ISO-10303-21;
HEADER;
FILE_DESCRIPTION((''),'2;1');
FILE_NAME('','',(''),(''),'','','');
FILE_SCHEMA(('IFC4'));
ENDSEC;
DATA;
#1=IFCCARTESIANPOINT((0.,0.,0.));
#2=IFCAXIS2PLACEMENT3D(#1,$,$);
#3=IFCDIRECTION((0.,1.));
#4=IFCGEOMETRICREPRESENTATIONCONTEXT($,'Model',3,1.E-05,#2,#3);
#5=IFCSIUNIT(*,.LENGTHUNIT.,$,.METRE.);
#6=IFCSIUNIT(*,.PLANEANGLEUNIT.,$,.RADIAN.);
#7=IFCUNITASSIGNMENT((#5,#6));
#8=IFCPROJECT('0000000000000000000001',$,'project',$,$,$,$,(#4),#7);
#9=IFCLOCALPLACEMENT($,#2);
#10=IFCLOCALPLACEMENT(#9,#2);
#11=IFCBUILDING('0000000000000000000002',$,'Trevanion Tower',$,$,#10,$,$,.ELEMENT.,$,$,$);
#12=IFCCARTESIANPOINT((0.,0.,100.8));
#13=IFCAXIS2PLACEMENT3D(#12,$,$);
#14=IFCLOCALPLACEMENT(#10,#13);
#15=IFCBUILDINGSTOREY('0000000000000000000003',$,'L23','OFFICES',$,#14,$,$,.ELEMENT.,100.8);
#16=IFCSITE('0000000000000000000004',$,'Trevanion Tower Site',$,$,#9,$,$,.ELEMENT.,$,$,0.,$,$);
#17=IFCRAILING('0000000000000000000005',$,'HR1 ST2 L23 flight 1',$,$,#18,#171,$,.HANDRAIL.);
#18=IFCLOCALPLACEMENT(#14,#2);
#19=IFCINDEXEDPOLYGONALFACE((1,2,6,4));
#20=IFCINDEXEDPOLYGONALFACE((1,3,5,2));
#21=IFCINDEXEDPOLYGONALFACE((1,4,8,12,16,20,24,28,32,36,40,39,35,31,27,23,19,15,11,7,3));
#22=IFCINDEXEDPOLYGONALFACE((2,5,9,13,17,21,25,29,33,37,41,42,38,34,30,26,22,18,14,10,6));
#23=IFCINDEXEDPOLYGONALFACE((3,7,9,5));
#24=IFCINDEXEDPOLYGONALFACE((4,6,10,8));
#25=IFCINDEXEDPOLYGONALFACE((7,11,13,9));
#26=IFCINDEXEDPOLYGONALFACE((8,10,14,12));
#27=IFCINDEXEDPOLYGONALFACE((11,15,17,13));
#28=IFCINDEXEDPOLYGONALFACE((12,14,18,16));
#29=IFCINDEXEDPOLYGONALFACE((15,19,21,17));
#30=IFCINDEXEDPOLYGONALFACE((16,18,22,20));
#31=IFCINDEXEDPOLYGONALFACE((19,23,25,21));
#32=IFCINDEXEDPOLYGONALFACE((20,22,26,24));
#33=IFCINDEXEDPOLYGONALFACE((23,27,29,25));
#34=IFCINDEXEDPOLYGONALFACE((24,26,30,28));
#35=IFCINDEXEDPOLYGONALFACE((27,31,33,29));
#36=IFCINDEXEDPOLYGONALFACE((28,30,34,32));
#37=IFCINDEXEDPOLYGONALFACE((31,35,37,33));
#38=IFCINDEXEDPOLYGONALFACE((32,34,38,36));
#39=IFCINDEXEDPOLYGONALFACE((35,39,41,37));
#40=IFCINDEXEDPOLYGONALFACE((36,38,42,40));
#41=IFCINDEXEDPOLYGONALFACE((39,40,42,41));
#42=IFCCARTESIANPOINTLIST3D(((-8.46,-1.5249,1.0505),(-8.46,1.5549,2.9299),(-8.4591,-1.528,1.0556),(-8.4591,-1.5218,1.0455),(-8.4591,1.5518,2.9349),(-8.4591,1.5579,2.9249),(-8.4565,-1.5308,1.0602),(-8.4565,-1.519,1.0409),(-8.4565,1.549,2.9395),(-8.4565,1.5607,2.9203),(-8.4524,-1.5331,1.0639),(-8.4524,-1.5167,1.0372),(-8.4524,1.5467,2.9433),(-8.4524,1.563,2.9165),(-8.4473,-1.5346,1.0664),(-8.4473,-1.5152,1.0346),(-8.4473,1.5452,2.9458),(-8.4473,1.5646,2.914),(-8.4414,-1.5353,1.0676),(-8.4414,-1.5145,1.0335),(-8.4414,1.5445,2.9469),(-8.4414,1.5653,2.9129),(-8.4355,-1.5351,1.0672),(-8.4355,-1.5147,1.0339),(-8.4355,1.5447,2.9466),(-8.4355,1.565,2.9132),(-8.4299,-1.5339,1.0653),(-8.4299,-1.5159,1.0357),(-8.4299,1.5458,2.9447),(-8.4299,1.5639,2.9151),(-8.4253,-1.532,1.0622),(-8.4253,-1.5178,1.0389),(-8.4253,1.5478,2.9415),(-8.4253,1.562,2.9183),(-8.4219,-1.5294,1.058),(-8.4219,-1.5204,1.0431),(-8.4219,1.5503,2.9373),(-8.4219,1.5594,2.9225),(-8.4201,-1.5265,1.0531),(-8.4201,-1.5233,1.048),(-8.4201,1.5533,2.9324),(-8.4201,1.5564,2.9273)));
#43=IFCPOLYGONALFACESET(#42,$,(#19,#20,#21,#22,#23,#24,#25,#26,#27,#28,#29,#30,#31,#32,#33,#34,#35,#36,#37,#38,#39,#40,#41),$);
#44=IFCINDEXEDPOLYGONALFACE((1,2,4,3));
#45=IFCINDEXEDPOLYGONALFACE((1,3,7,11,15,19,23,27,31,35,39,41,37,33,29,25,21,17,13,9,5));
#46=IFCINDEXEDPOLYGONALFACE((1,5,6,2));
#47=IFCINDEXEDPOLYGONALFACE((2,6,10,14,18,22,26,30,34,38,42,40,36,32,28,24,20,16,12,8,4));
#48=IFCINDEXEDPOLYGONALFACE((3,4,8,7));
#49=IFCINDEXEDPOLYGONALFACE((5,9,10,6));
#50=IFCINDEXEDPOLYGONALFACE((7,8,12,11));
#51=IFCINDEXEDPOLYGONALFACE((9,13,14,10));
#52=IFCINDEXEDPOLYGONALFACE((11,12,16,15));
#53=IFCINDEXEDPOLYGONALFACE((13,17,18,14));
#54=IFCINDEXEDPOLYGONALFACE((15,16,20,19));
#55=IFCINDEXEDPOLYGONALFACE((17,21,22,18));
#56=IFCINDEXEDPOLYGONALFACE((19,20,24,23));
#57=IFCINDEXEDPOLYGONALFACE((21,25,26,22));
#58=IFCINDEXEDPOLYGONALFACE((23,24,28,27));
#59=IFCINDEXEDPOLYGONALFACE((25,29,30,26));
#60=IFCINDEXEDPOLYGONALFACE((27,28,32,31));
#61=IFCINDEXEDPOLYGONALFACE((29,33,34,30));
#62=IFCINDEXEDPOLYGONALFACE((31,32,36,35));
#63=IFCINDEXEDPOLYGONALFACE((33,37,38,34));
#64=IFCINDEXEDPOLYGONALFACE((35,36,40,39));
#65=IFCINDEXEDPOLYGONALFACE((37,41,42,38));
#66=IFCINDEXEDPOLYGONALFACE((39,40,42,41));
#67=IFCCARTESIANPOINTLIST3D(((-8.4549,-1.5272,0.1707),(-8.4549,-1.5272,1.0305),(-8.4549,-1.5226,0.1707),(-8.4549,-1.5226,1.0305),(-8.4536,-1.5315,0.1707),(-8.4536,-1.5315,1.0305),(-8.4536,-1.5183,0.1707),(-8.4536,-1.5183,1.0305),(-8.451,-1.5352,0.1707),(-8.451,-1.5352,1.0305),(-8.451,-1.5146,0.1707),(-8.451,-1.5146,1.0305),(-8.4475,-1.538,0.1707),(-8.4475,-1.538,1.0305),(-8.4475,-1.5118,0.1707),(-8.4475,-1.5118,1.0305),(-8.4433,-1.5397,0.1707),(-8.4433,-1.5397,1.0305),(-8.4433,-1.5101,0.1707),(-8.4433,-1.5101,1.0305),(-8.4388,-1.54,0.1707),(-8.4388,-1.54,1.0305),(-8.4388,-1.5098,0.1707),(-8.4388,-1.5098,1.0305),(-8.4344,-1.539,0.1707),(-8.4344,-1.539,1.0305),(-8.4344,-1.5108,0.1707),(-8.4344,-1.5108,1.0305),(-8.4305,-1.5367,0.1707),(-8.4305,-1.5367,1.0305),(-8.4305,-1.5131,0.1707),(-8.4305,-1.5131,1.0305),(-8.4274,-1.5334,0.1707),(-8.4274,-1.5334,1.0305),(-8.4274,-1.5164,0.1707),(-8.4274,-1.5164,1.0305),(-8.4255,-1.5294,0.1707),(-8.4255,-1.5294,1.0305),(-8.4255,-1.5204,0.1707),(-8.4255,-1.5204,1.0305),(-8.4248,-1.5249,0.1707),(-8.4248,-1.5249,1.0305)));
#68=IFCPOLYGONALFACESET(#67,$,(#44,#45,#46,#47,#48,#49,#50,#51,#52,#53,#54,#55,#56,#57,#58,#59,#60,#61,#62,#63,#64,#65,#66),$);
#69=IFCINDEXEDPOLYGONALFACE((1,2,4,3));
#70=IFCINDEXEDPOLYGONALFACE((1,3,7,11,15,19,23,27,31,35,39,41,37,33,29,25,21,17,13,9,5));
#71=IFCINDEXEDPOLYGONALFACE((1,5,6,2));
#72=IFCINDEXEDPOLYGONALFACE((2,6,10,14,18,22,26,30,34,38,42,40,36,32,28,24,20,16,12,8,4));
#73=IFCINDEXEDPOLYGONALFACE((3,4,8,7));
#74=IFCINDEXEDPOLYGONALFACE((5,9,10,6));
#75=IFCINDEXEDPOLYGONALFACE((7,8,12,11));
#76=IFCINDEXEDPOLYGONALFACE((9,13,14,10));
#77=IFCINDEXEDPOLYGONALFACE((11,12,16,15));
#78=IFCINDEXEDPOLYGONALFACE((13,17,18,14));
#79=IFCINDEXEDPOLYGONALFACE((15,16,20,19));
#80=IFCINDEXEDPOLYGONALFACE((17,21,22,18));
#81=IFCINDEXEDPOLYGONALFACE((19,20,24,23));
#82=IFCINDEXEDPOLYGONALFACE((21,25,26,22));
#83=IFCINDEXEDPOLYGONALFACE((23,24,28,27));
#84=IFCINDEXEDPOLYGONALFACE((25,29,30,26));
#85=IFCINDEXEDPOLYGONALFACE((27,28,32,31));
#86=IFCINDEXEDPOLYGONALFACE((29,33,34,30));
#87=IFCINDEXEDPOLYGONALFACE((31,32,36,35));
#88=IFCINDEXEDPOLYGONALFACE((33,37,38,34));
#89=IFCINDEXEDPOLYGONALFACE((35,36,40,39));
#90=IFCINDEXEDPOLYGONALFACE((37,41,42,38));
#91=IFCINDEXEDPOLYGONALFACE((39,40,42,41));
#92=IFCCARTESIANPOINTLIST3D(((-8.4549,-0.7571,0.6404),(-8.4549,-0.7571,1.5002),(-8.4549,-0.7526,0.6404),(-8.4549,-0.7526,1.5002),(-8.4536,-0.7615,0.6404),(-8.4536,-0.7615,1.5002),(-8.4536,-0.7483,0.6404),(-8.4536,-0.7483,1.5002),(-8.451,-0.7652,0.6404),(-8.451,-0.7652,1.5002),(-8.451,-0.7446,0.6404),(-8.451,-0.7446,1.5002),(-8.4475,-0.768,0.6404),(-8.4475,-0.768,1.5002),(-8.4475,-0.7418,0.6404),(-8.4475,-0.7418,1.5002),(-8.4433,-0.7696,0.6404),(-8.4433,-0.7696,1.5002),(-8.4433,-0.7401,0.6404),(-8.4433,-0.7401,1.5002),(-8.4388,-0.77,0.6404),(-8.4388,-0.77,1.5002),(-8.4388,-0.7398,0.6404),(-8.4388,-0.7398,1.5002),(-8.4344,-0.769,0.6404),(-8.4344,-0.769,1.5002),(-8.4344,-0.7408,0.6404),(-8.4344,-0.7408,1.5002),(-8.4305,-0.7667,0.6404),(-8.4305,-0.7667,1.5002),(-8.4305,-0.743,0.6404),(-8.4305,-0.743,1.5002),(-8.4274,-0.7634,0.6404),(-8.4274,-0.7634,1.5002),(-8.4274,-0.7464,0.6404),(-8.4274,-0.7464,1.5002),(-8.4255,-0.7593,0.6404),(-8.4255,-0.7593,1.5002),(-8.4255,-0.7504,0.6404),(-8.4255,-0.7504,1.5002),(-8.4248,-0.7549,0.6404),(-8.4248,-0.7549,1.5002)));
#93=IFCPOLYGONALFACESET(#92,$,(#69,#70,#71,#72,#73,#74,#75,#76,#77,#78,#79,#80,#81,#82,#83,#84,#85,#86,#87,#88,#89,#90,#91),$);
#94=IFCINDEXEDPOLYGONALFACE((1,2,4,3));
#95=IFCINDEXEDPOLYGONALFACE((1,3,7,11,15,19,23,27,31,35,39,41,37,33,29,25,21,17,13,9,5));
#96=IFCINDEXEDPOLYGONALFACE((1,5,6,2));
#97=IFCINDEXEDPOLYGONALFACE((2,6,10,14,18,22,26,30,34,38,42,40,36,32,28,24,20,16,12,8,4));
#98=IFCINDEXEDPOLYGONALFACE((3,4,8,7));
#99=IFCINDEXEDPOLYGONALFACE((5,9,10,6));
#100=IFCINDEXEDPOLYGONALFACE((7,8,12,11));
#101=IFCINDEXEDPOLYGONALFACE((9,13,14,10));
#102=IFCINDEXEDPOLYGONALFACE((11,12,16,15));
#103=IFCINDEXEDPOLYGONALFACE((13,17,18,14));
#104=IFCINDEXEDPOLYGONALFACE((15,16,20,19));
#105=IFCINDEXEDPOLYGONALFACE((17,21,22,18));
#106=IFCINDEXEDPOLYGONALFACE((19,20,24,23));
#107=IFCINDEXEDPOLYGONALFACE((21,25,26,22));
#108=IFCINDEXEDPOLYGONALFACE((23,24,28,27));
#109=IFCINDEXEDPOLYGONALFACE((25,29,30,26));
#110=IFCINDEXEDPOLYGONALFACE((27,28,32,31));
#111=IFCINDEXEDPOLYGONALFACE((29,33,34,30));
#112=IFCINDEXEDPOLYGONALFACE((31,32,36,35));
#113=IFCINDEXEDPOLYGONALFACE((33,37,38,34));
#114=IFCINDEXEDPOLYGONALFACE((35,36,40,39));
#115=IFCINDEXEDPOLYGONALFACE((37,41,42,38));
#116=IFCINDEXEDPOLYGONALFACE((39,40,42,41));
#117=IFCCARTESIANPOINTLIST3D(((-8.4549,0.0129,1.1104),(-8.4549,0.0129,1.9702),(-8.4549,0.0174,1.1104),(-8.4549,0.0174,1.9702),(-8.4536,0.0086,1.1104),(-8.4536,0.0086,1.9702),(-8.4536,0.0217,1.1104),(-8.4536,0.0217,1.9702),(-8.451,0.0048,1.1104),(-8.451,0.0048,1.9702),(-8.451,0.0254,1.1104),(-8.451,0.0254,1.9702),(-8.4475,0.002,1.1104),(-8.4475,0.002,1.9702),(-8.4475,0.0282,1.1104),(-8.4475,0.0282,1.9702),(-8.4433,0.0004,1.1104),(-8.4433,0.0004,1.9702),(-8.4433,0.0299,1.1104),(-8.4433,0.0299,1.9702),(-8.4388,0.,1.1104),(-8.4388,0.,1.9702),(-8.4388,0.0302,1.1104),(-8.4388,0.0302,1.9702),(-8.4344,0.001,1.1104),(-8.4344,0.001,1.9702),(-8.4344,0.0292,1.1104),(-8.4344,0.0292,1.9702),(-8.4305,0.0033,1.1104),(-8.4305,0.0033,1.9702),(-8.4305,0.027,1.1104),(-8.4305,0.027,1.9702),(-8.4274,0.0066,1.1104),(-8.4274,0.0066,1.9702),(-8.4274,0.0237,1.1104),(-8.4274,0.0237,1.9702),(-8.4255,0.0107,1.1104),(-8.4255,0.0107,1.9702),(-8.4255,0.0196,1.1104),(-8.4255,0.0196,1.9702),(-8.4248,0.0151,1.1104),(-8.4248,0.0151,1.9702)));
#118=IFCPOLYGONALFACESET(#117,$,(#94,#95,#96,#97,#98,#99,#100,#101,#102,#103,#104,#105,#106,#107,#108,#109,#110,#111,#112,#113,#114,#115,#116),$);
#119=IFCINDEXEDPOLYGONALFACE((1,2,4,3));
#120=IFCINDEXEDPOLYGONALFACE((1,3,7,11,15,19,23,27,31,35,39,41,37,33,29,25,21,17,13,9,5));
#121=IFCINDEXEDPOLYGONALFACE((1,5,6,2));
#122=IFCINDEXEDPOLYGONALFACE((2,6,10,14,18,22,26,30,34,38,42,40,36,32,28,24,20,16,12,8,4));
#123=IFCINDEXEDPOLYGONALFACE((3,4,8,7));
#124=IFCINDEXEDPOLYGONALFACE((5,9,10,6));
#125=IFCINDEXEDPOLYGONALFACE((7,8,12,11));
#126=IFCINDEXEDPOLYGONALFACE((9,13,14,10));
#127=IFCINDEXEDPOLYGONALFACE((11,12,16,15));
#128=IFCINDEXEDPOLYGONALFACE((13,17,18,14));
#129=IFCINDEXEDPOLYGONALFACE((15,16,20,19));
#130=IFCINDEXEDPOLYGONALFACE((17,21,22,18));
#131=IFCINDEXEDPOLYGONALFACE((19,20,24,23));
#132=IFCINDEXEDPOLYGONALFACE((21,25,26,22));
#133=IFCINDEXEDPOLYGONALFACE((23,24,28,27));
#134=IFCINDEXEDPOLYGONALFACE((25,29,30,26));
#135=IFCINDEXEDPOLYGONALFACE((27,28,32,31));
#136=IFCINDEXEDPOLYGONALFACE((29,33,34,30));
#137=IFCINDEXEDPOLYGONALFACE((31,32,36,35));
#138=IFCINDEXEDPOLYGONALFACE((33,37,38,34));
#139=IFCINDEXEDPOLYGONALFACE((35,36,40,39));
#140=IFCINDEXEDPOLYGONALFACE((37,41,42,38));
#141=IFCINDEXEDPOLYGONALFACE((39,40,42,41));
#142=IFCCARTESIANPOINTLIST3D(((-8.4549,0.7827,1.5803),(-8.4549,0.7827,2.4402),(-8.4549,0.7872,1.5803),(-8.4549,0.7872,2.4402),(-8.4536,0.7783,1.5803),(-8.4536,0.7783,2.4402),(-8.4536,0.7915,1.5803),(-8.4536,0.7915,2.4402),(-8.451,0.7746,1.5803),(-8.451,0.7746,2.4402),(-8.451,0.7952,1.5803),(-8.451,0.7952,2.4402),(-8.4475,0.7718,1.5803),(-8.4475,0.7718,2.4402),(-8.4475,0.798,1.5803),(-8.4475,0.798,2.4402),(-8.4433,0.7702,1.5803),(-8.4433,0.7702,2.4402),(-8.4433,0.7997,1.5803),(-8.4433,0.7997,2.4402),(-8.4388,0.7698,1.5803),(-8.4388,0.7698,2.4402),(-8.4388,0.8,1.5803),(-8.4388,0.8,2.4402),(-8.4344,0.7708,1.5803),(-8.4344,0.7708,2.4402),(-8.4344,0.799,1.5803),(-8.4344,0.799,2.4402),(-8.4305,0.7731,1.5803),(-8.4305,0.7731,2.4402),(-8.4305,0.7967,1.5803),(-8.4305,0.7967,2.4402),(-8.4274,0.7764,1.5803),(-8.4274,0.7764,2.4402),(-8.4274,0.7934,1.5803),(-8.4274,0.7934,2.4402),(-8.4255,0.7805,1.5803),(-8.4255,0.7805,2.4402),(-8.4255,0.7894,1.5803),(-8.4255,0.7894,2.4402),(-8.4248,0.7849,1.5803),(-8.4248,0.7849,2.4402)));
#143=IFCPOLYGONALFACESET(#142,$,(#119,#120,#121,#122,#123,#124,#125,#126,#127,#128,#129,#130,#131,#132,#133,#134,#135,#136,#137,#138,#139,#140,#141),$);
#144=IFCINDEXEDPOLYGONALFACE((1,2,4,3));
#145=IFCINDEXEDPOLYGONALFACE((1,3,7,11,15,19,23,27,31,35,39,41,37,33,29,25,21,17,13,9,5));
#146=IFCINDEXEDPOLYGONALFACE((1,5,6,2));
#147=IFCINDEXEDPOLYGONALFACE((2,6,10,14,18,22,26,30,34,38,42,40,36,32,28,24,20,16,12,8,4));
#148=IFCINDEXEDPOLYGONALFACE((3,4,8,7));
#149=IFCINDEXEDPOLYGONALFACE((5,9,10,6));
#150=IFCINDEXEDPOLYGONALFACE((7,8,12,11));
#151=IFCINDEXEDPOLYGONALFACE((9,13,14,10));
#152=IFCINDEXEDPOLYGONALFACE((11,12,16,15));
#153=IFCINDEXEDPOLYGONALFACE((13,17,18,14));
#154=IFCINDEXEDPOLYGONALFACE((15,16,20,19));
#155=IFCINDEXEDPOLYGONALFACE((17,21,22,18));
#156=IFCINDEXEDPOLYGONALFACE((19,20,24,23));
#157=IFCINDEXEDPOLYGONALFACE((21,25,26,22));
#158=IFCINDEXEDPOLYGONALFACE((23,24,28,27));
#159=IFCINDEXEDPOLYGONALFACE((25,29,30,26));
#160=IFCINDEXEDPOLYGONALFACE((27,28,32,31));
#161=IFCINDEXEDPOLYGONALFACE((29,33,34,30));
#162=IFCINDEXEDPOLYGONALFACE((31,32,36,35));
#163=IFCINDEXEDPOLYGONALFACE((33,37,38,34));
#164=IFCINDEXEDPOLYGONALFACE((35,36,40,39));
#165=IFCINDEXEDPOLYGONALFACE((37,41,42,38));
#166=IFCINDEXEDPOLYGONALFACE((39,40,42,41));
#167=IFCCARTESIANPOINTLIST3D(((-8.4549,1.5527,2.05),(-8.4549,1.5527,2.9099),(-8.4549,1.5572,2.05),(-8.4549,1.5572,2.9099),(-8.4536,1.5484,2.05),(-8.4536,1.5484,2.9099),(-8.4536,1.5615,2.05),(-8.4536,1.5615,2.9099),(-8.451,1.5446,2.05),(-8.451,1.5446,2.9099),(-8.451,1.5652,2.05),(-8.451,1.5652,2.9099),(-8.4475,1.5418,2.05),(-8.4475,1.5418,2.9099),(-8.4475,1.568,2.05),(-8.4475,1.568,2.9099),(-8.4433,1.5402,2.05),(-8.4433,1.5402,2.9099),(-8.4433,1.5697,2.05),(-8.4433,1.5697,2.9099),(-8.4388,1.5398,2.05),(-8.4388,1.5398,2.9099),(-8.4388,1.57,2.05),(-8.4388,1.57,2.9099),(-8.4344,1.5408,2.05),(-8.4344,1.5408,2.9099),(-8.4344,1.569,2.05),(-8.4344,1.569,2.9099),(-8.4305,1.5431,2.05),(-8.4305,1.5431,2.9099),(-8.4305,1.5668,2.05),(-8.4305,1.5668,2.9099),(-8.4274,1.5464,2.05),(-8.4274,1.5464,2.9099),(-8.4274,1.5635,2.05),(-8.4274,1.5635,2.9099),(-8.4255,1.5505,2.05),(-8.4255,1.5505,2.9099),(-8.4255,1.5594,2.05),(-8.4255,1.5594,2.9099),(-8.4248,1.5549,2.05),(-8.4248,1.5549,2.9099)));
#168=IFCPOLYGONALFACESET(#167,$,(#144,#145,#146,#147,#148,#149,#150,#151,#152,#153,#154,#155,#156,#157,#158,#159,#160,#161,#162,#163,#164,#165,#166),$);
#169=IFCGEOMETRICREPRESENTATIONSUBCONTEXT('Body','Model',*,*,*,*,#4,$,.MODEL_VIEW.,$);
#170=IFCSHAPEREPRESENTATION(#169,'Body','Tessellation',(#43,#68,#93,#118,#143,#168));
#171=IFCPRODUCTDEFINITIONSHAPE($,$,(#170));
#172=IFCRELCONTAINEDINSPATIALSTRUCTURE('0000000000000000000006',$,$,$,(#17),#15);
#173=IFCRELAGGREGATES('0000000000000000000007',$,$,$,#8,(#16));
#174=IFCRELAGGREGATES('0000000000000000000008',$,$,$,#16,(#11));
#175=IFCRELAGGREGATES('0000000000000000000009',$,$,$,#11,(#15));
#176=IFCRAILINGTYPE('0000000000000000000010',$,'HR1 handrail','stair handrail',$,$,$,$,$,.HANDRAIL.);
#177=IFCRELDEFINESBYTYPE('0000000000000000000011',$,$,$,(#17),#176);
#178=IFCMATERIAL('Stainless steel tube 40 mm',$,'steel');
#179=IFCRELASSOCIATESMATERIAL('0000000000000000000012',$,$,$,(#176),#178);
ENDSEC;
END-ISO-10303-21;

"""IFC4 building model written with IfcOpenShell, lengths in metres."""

from ifc_helpers import new_model, si_unit, direction, frame, origin, origin_2d, place, context, subcontext, project, spatial, circle, extrude, material, type_object, element, save


model = new_model("IFC4")

# Units and contexts
model_context = context("Model", 3, precision=1e-05, world=origin(), true_north=direction((0.0, 1.0)))
body_context = subcontext(model_context, "Body", "Model", "MODEL_VIEW")
ifc_project = project(units=[si_unit("LENGTHUNIT", "METRE"), si_unit("PLANEANGLEUNIT", "RADIAN")], contexts=[model_context])

# Site, building, storey
site_placement = place(None, origin())
site = spatial("IfcSite", under=ifc_project, at=site_placement, Name="Trevanion Tower Site", CompositionType="ELEMENT", RefElevation=0.0)
building_placement = place(site_placement, origin())
building = spatial("IfcBuilding", under=site, at=building_placement, Name="Trevanion Tower", CompositionType="ELEMENT")
storey_placement = place(building_placement, frame((0.0, 0.0, 100.8)))
storey = spatial("IfcBuildingStorey", under=building, at=storey_placement, Name="L23", Description="OFFICES", CompositionType="ELEMENT", Elevation=100.8)

# Railing
ifc_material_1 = material(Name="Stainless steel tube 40 mm", Category="steel")
railing_type = type_object("IfcRailingType", Name="HR1 handrail", Description="stair handrail", PredefinedType="HANDRAIL", material=ifc_material_1)
for number, where, name in (
    (1, (-8.4399, -1.5249, 0.1707), "HR1 ST2 L23 flight 1"),
):
    element("IfcRailing", number, at=place(storey_placement, frame(where)), inside=storey, type_object=railing_type, Name=name, PredefinedType="HANDRAIL", context=body_context, shape_type="SweptSolid", body=[
        extrude(circle(Radius=0.02, at=origin_2d()), frame((0.0, 0.0, 0.8799), z_axis=(0.0, 0.853618, 0.5209), x_axis=(-1.0, 0.0, 0.0)), (0.0, 0.0, 1.0), 3.6079),
        extrude(circle(Radius=0.0151, at=origin_2d()), origin(), (0.0, 0.0, 1.0), 0.8599),
        extrude(circle(Radius=0.0151, at=origin_2d()), frame((0.0, 0.77, 0.4697)), (0.0, 0.0, 1.0), 0.8599),
        extrude(circle(Radius=0.0151, at=origin_2d()), frame((0.0, 1.54, 0.9397)), (0.0, 0.0, 1.0), 0.8599),
        extrude(circle(Radius=0.0151, at=origin_2d()), frame((0.0, 2.3098, 1.4097)), (0.0, 0.0, 1.0), 0.8599),
        extrude(circle(Radius=0.0151, at=origin_2d()), frame((0.0, 3.0798, 1.8794)), (0.0, 0.0, 1.0), 0.8599),
    ])

save(model, "model.ifc")
